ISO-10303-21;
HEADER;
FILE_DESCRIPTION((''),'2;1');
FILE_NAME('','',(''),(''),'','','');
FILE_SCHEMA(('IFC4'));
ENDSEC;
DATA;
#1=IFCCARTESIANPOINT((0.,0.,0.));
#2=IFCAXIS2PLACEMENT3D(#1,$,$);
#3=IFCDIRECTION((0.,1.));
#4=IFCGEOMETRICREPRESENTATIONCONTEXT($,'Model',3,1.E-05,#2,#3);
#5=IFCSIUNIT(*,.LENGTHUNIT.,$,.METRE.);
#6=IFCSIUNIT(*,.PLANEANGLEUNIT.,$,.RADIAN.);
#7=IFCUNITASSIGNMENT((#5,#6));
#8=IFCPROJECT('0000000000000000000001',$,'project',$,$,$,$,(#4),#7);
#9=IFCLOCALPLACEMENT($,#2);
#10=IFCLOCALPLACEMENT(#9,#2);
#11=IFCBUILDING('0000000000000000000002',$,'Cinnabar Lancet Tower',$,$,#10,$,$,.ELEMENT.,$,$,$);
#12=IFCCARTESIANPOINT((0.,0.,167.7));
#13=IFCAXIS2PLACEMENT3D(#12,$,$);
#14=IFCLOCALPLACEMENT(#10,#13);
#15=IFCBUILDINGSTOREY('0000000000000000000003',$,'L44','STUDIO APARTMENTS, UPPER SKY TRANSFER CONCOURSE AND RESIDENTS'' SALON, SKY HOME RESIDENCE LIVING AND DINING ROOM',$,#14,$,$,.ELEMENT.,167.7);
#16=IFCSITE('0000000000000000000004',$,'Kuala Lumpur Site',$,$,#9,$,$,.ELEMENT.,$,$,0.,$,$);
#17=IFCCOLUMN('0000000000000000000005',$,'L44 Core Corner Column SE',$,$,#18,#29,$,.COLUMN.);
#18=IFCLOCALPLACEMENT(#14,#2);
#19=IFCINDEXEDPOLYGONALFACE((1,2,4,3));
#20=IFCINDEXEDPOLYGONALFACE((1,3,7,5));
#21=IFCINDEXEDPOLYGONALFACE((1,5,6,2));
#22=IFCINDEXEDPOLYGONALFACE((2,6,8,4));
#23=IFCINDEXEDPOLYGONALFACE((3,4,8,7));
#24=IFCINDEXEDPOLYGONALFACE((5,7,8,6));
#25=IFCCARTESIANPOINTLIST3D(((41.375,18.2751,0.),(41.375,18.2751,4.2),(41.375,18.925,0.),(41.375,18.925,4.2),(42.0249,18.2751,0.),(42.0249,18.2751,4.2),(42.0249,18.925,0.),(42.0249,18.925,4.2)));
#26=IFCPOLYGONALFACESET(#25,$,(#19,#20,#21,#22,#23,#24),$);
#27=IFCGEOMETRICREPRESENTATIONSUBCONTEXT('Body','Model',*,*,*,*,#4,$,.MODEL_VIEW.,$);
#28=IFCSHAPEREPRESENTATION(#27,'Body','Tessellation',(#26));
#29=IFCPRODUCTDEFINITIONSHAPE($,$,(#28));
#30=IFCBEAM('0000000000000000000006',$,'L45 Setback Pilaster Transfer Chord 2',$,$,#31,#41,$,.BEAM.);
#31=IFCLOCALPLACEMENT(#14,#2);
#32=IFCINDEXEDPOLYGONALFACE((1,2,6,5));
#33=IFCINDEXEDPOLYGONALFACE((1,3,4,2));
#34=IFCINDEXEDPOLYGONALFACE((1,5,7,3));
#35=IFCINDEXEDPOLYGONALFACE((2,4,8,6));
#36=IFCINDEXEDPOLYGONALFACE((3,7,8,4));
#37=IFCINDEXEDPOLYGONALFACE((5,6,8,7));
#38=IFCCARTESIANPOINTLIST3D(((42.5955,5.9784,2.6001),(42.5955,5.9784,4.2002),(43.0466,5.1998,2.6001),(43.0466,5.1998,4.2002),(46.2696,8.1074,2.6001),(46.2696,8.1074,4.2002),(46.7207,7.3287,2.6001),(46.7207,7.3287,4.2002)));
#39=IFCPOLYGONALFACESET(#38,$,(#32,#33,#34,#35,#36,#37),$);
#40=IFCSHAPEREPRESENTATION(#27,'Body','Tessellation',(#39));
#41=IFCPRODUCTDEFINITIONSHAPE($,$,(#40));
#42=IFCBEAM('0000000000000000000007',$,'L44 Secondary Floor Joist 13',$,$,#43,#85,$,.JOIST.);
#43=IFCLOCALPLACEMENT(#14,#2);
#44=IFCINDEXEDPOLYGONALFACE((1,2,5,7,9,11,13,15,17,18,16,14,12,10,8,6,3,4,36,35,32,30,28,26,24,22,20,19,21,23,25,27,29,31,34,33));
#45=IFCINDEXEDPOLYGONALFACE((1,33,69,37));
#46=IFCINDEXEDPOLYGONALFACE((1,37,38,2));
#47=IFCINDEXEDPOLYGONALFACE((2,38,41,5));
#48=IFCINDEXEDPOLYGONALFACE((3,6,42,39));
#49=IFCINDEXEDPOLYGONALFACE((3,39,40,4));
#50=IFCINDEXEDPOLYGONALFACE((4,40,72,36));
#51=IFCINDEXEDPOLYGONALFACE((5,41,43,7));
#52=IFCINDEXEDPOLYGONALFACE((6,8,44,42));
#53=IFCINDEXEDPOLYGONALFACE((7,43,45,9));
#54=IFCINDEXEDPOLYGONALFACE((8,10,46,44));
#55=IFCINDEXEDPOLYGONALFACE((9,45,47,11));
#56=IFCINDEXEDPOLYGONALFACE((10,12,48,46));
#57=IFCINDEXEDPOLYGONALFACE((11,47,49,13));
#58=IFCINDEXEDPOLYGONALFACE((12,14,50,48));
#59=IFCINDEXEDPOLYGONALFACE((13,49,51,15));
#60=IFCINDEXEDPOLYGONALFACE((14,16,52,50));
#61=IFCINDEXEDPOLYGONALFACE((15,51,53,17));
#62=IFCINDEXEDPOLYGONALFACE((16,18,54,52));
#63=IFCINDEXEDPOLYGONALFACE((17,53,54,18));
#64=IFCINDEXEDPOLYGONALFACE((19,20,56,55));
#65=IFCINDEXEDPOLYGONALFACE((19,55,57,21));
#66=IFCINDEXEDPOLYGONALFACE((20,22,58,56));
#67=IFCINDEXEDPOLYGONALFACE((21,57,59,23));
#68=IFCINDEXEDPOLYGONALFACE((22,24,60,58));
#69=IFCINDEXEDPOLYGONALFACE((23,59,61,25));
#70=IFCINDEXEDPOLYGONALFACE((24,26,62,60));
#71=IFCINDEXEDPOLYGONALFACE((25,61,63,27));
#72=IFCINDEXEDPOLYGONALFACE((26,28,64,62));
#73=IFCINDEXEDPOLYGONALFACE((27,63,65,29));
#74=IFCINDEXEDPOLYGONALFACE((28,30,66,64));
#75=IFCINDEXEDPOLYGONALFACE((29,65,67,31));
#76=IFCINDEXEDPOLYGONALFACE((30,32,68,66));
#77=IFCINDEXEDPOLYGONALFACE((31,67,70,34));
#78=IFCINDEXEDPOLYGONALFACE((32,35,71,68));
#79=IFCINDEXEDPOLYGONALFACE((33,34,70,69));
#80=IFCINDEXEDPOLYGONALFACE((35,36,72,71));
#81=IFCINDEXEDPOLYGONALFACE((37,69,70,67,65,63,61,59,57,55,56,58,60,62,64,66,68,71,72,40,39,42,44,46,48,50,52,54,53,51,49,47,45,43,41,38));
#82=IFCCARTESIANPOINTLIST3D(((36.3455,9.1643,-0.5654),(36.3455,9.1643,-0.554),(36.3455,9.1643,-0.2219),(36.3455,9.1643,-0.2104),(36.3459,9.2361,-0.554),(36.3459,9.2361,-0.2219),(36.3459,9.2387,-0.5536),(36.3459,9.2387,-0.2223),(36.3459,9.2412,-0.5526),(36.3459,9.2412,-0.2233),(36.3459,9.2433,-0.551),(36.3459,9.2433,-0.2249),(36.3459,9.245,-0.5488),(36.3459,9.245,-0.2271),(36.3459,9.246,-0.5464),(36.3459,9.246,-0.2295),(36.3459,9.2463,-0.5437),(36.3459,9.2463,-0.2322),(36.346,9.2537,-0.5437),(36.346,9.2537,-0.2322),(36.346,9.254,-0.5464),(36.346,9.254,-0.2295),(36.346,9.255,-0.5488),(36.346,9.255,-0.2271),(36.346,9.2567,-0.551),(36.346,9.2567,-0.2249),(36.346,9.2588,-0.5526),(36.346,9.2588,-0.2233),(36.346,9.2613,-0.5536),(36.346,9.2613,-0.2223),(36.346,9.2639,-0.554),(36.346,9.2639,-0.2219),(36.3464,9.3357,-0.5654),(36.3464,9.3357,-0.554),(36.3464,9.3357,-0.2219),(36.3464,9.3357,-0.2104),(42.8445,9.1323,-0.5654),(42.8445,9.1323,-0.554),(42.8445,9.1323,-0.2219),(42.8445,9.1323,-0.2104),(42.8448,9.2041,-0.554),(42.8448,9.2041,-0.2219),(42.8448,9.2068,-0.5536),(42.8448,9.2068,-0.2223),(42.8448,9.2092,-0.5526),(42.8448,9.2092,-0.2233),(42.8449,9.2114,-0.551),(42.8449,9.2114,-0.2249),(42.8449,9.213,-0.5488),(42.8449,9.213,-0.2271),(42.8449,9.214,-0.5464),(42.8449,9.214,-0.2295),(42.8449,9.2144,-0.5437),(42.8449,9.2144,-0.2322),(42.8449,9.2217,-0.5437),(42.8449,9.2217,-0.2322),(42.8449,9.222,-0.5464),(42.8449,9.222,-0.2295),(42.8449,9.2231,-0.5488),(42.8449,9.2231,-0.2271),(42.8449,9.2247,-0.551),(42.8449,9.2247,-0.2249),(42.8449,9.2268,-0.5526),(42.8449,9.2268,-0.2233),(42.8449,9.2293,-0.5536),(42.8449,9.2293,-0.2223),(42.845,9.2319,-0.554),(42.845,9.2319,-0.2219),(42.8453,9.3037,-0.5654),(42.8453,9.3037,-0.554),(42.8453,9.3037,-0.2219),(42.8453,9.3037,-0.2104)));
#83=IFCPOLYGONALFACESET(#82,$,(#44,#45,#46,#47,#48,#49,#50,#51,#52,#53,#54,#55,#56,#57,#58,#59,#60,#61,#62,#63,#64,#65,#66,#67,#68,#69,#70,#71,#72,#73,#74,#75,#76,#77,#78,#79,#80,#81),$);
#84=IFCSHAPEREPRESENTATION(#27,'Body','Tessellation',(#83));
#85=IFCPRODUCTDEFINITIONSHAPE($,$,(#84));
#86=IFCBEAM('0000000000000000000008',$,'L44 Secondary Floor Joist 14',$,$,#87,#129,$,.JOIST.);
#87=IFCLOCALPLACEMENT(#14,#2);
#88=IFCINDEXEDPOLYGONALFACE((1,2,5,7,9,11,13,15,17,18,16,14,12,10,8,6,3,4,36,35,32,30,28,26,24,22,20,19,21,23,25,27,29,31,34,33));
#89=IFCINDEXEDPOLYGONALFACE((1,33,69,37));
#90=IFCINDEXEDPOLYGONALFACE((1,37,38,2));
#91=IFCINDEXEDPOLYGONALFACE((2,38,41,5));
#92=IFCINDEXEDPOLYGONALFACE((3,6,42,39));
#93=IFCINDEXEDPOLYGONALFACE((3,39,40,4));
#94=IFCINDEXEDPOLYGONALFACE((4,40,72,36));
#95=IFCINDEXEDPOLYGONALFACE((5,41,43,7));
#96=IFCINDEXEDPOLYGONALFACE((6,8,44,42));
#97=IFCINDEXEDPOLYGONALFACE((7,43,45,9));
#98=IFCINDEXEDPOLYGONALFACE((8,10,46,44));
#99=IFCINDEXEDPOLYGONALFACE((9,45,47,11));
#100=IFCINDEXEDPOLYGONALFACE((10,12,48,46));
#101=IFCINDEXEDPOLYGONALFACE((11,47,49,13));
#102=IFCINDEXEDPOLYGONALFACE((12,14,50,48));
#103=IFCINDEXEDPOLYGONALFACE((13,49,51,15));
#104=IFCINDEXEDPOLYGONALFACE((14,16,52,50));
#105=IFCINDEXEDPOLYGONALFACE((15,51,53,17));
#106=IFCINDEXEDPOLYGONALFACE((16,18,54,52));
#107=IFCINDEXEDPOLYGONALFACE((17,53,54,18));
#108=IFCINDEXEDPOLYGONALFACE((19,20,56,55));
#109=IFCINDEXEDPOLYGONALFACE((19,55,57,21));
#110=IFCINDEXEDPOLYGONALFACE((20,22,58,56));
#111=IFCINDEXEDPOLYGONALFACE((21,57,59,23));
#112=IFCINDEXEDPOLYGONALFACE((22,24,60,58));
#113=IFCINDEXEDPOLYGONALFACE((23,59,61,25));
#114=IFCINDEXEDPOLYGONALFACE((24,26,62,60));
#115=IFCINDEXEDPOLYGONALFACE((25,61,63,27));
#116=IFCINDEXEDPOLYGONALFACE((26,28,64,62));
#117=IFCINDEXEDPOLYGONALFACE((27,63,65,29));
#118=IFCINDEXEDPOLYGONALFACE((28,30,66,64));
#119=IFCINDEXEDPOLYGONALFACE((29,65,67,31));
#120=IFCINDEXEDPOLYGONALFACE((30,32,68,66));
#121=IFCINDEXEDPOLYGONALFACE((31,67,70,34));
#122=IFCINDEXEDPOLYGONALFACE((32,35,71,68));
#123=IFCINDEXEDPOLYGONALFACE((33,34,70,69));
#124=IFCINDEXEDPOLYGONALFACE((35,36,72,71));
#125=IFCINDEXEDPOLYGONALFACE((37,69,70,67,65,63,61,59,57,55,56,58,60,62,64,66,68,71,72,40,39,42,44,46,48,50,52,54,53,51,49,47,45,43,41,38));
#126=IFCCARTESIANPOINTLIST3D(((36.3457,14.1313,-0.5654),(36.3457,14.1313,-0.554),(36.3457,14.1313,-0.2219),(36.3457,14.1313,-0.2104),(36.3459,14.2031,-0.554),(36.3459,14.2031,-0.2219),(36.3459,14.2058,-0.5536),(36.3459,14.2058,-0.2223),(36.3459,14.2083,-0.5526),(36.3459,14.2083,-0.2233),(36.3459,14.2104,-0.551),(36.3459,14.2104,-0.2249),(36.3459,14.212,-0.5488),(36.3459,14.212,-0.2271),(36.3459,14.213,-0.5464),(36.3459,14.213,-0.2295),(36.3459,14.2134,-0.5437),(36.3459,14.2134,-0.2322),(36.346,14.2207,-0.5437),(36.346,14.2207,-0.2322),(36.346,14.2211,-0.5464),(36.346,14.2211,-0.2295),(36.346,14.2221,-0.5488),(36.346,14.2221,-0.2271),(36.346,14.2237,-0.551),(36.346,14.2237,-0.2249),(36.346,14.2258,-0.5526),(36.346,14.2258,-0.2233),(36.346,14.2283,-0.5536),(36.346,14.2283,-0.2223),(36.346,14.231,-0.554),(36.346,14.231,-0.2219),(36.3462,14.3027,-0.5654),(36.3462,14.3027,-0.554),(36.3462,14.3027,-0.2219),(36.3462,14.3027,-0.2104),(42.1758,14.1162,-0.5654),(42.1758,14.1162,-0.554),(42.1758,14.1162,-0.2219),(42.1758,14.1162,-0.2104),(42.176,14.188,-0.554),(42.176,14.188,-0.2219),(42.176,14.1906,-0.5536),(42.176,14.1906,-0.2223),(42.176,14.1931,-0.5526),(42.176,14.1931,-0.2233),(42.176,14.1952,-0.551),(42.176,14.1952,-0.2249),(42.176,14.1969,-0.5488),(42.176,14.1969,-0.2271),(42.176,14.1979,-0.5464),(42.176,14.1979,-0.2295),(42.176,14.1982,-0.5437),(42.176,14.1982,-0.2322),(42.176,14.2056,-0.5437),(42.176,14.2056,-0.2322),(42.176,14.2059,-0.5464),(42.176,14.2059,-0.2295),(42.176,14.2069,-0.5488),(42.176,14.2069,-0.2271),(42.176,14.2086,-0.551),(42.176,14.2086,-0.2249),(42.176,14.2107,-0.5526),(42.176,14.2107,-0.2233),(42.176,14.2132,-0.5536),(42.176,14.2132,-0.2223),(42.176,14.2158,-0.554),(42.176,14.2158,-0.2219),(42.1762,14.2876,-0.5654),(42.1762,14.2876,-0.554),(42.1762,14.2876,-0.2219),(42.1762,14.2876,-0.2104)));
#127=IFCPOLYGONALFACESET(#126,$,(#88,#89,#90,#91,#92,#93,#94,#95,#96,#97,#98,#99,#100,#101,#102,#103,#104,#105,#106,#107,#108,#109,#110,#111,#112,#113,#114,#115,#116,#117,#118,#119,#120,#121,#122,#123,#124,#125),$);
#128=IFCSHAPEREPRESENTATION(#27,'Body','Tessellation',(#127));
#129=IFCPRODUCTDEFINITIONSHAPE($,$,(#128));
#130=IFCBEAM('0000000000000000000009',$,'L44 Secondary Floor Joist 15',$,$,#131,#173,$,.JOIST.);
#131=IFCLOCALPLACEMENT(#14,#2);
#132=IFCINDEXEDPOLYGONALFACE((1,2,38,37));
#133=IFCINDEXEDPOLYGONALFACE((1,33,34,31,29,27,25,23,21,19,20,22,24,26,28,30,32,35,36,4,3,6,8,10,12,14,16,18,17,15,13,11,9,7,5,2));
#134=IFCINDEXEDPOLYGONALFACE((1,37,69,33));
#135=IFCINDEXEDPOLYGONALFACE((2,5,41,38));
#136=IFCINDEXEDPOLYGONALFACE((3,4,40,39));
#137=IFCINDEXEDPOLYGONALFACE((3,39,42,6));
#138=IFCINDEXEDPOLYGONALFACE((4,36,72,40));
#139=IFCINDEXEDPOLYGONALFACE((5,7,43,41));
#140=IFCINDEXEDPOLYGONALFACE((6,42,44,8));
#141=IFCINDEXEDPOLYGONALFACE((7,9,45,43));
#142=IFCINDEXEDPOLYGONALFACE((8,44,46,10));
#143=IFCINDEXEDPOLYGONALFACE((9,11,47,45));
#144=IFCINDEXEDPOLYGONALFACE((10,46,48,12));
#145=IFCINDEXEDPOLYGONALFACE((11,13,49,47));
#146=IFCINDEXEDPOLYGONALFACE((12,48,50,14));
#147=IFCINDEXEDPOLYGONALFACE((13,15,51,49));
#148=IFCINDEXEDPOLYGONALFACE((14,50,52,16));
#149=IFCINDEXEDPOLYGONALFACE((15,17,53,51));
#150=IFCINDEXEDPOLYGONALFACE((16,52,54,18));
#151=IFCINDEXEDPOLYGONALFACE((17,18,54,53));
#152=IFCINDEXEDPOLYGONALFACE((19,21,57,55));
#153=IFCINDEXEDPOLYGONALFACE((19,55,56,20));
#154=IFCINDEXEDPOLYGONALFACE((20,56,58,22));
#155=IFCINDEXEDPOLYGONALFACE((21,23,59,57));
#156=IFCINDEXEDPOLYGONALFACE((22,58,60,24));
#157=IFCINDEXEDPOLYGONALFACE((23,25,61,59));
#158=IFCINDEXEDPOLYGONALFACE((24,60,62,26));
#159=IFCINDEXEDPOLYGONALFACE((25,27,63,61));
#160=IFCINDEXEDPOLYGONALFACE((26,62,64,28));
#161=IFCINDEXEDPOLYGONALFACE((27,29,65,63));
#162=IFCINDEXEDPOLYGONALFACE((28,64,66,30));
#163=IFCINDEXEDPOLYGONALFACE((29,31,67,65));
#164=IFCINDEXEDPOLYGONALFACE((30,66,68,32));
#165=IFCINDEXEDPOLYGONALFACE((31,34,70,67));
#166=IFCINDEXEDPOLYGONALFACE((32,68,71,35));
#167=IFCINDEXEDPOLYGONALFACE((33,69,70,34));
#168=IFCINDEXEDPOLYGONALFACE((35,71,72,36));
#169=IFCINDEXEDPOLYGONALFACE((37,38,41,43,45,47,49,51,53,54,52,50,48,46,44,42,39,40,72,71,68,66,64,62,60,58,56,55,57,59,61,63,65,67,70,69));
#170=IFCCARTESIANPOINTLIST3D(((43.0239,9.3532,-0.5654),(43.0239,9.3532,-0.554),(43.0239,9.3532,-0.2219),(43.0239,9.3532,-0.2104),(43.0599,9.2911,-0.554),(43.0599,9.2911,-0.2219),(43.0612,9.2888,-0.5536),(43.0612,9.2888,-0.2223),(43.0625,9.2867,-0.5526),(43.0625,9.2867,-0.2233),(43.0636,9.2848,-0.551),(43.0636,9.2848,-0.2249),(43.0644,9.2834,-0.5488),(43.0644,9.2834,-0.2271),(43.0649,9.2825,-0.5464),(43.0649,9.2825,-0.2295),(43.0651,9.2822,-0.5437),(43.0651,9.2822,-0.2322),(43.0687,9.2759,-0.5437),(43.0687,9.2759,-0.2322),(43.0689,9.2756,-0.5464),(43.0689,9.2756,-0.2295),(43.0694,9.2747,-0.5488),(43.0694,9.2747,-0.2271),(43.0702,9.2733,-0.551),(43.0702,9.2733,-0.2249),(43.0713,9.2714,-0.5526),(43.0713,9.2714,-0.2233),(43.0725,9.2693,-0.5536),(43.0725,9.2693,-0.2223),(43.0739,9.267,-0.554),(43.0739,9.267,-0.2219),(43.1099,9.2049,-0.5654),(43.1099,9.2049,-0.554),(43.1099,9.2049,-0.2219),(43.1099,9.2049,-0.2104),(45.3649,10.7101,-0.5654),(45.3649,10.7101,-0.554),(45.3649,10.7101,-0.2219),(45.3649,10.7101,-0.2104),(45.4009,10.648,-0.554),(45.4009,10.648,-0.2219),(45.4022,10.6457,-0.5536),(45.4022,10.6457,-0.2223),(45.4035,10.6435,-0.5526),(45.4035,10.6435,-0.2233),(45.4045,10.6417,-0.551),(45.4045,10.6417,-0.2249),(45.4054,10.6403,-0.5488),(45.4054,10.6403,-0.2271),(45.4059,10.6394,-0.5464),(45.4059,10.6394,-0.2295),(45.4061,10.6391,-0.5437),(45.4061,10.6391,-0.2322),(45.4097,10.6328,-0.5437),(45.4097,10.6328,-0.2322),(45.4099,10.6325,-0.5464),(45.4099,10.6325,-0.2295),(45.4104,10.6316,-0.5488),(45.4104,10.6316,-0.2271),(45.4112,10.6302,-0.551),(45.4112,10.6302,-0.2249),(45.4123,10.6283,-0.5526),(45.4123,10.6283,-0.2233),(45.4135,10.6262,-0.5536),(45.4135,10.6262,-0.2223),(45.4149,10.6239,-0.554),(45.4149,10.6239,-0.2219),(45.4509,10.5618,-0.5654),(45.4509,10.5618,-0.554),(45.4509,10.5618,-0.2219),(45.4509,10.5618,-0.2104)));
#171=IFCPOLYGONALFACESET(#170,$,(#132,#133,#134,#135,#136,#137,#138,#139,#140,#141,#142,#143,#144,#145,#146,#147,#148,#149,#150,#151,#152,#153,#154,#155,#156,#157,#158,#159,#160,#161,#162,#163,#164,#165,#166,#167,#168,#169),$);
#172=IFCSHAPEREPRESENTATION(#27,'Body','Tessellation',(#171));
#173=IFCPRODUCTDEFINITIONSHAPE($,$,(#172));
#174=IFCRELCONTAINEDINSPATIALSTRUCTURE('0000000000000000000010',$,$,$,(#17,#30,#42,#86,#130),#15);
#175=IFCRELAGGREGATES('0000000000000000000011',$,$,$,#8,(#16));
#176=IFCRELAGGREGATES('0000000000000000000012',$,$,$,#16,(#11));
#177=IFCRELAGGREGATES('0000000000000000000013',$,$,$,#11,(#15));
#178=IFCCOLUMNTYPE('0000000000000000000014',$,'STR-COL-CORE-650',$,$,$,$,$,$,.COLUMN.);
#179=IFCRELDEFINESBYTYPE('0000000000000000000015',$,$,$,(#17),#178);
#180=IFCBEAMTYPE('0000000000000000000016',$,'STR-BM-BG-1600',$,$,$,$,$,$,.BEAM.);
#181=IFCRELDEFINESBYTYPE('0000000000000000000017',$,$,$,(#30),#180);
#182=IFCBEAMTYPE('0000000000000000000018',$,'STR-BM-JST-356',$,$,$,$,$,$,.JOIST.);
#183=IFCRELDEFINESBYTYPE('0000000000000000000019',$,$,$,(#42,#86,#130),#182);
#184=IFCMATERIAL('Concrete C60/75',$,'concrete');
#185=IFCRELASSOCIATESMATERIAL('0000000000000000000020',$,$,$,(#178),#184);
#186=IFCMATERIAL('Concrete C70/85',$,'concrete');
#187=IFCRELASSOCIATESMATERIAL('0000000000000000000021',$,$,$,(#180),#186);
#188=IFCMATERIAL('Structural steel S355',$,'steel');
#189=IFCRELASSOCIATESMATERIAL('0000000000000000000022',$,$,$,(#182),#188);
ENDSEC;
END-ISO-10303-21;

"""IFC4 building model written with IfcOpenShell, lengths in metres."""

from ifc_helpers import new_model, si_unit, direction, frame, origin, origin_2d, place, context, subcontext, project, spatial, rectangle, i_section, extrude, material, material_profile, profile_set, type_object, element, save


model = new_model("IFC4")

# Units and contexts
model_context = context("Model", 3, precision=1e-05, world=origin(), true_north=direction((0.0, 1.0)))
body_context = subcontext(model_context, "Body", "Model", "MODEL_VIEW")
ifc_project = project(units=[si_unit("LENGTHUNIT", "METRE"), si_unit("PLANEANGLEUNIT", "RADIAN")], contexts=[model_context])

# Site, building, storey
site_placement = place(None, origin())
site = spatial("IfcSite", under=ifc_project, at=site_placement, Name="Kuala Lumpur Site", CompositionType="ELEMENT", RefElevation=0.0)
building_placement = place(site_placement, origin())
building = spatial("IfcBuilding", under=site, at=building_placement, Name="Cinnabar Lancet Tower", CompositionType="ELEMENT")
storey_placement = place(building_placement, frame((0.0, 0.0, 167.7)))
storey = spatial("IfcBuildingStorey", under=building, at=storey_placement, Name="L44", Description="STUDIO APARTMENTS, UPPER SKY TRANSFER CONCOURSE AND RESIDENTS' SALON, SKY HOME RESIDENCE LIVING AND DINING ROOM", CompositionType="ELEMENT", Elevation=167.7)

# Column
ifc_material_1 = material(Name="Concrete C60/75", Category="concrete")
ifc_material_profile_1 = material_profile(ifc_material_1, rectangle(XDim=0.6499, YDim=0.6499, at=origin_2d()), Name="RC-COL 650x650")
ifc_profile_set_1 = profile_set([ifc_material_profile_1], Name="Concrete C60/75")
column_type = type_object("IfcColumnType", Name="STR-COL-CORE-650", PredefinedType="COLUMN", material=ifc_profile_set_1)
column_placement = place(storey_placement, frame((41.7, 18.6001, 0.0), z_axis=(0.0, 0.0, 1.0), x_axis=(1.0, 0.0, 0.0)))
element("IfcColumn", 1, at=column_placement, inside=storey, type_object=column_type, Name="L44 Core Corner Column SE", PredefinedType="COLUMN", context=body_context, shape_type="SweptSolid", body=[
    extrude(rectangle(XDim=0.6499, YDim=0.6499, at=origin_2d()), origin(), (0.0, 0.0, 1.0), 4.2),
])

# Beams
ifc_material_2 = material(Name="Concrete C70/85", Category="concrete")
ifc_material_profile_2 = material_profile(ifc_material_2, rectangle(XDim=0.8999, YDim=1.6001, at=origin_2d()), Name="RC-BG 900x1600")
ifc_profile_set_2 = profile_set([ifc_material_profile_2], Name="Concrete C70/85")
beam_type_1 = type_object("IfcBeamType", Name="STR-BM-BG-1600", PredefinedType="BEAM", material=ifc_profile_set_2)
beam_1_placement = place(storey_placement, frame((42.821, 5.5891, 3.4001), z_axis=(0.865241, 0.501356, 0.0), x_axis=(-0.501356, 0.865241, 0.0)))
element("IfcBeam", 2, at=beam_1_placement, inside=storey, type_object=beam_type_1, Name="L45 Setback Pilaster Transfer Chord 2", PredefinedType="BEAM", context=body_context, shape_type="SweptSolid", body=[
    extrude(rectangle(XDim=0.8999, YDim=1.6001, at=origin_2d()), origin(), (0.0, 0.0, 1.0), 4.2463),
])
ifc_material_3 = material(Name="Structural steel S355", Category="steel")
ifc_material_profile_3 = material_profile(ifc_material_3, i_section(OverallWidth=0.1714, OverallDepth=0.355, WebThickness=0.0073, FlangeThickness=0.0115, FilletRadius=0.0103, at=origin_2d()), Name="UKB 356x171x51")
ifc_profile_set_3 = profile_set([ifc_material_profile_3], Name="Structural steel S355")
beam_type_2 = type_object("IfcBeamType", Name="STR-BM-JST-356", PredefinedType="JOIST", material=ifc_profile_set_3)
beam_2_placement = place(storey_placement, frame((36.3459, 9.25, -0.3879), z_axis=(0.999988, -0.004921, 0.0), x_axis=(0.004921, 0.999988, 0.0)))
element("IfcBeam", 3, at=beam_2_placement, inside=storey, type_object=beam_type_2, Name="L44 Secondary Floor Joist 13", PredefinedType="JOIST", context=body_context, shape_type="SweptSolid", body=[
    extrude(i_section(OverallWidth=0.1714, OverallDepth=0.355, WebThickness=0.0073, FlangeThickness=0.0115, FilletRadius=0.0103, at=origin_2d()), origin(), (0.0, 0.0, 1.0), 6.499),
])
beam_3_placement = place(storey_placement, frame((36.3459, 14.217, -0.3879), z_axis=(0.999997, -0.002596, 0.0), x_axis=(0.002596, 0.999997, 0.0)))
element("IfcBeam", 4, at=beam_3_placement, inside=storey, type_object=beam_type_2, Name="L44 Secondary Floor Joist 14", PredefinedType="JOIST", context=body_context, shape_type="SweptSolid", body=[
    extrude(i_section(OverallWidth=0.1714, OverallDepth=0.355, WebThickness=0.0073, FlangeThickness=0.0115, FilletRadius=0.0103, at=origin_2d()), origin(), (0.0, 0.0, 1.0), 5.8301),
])
beam_4_placement = place(storey_placement, frame((43.0669, 9.2791, -0.3879), z_axis=(0.865173, 0.501474, 0.0), x_axis=(-0.501474, 0.865173, 0.0)))
element("IfcBeam", 5, at=beam_4_placement, inside=storey, type_object=beam_type_2, Name="L44 Secondary Floor Joist 15", PredefinedType="JOIST", context=body_context, shape_type="SweptSolid", body=[
    extrude(i_section(OverallWidth=0.1714, OverallDepth=0.355, WebThickness=0.0073, FlangeThickness=0.0115, FilletRadius=0.0103, at=origin_2d()), origin(), (0.0, 0.0, 1.0), 2.7058),
])

save(model, "model.ifc")
